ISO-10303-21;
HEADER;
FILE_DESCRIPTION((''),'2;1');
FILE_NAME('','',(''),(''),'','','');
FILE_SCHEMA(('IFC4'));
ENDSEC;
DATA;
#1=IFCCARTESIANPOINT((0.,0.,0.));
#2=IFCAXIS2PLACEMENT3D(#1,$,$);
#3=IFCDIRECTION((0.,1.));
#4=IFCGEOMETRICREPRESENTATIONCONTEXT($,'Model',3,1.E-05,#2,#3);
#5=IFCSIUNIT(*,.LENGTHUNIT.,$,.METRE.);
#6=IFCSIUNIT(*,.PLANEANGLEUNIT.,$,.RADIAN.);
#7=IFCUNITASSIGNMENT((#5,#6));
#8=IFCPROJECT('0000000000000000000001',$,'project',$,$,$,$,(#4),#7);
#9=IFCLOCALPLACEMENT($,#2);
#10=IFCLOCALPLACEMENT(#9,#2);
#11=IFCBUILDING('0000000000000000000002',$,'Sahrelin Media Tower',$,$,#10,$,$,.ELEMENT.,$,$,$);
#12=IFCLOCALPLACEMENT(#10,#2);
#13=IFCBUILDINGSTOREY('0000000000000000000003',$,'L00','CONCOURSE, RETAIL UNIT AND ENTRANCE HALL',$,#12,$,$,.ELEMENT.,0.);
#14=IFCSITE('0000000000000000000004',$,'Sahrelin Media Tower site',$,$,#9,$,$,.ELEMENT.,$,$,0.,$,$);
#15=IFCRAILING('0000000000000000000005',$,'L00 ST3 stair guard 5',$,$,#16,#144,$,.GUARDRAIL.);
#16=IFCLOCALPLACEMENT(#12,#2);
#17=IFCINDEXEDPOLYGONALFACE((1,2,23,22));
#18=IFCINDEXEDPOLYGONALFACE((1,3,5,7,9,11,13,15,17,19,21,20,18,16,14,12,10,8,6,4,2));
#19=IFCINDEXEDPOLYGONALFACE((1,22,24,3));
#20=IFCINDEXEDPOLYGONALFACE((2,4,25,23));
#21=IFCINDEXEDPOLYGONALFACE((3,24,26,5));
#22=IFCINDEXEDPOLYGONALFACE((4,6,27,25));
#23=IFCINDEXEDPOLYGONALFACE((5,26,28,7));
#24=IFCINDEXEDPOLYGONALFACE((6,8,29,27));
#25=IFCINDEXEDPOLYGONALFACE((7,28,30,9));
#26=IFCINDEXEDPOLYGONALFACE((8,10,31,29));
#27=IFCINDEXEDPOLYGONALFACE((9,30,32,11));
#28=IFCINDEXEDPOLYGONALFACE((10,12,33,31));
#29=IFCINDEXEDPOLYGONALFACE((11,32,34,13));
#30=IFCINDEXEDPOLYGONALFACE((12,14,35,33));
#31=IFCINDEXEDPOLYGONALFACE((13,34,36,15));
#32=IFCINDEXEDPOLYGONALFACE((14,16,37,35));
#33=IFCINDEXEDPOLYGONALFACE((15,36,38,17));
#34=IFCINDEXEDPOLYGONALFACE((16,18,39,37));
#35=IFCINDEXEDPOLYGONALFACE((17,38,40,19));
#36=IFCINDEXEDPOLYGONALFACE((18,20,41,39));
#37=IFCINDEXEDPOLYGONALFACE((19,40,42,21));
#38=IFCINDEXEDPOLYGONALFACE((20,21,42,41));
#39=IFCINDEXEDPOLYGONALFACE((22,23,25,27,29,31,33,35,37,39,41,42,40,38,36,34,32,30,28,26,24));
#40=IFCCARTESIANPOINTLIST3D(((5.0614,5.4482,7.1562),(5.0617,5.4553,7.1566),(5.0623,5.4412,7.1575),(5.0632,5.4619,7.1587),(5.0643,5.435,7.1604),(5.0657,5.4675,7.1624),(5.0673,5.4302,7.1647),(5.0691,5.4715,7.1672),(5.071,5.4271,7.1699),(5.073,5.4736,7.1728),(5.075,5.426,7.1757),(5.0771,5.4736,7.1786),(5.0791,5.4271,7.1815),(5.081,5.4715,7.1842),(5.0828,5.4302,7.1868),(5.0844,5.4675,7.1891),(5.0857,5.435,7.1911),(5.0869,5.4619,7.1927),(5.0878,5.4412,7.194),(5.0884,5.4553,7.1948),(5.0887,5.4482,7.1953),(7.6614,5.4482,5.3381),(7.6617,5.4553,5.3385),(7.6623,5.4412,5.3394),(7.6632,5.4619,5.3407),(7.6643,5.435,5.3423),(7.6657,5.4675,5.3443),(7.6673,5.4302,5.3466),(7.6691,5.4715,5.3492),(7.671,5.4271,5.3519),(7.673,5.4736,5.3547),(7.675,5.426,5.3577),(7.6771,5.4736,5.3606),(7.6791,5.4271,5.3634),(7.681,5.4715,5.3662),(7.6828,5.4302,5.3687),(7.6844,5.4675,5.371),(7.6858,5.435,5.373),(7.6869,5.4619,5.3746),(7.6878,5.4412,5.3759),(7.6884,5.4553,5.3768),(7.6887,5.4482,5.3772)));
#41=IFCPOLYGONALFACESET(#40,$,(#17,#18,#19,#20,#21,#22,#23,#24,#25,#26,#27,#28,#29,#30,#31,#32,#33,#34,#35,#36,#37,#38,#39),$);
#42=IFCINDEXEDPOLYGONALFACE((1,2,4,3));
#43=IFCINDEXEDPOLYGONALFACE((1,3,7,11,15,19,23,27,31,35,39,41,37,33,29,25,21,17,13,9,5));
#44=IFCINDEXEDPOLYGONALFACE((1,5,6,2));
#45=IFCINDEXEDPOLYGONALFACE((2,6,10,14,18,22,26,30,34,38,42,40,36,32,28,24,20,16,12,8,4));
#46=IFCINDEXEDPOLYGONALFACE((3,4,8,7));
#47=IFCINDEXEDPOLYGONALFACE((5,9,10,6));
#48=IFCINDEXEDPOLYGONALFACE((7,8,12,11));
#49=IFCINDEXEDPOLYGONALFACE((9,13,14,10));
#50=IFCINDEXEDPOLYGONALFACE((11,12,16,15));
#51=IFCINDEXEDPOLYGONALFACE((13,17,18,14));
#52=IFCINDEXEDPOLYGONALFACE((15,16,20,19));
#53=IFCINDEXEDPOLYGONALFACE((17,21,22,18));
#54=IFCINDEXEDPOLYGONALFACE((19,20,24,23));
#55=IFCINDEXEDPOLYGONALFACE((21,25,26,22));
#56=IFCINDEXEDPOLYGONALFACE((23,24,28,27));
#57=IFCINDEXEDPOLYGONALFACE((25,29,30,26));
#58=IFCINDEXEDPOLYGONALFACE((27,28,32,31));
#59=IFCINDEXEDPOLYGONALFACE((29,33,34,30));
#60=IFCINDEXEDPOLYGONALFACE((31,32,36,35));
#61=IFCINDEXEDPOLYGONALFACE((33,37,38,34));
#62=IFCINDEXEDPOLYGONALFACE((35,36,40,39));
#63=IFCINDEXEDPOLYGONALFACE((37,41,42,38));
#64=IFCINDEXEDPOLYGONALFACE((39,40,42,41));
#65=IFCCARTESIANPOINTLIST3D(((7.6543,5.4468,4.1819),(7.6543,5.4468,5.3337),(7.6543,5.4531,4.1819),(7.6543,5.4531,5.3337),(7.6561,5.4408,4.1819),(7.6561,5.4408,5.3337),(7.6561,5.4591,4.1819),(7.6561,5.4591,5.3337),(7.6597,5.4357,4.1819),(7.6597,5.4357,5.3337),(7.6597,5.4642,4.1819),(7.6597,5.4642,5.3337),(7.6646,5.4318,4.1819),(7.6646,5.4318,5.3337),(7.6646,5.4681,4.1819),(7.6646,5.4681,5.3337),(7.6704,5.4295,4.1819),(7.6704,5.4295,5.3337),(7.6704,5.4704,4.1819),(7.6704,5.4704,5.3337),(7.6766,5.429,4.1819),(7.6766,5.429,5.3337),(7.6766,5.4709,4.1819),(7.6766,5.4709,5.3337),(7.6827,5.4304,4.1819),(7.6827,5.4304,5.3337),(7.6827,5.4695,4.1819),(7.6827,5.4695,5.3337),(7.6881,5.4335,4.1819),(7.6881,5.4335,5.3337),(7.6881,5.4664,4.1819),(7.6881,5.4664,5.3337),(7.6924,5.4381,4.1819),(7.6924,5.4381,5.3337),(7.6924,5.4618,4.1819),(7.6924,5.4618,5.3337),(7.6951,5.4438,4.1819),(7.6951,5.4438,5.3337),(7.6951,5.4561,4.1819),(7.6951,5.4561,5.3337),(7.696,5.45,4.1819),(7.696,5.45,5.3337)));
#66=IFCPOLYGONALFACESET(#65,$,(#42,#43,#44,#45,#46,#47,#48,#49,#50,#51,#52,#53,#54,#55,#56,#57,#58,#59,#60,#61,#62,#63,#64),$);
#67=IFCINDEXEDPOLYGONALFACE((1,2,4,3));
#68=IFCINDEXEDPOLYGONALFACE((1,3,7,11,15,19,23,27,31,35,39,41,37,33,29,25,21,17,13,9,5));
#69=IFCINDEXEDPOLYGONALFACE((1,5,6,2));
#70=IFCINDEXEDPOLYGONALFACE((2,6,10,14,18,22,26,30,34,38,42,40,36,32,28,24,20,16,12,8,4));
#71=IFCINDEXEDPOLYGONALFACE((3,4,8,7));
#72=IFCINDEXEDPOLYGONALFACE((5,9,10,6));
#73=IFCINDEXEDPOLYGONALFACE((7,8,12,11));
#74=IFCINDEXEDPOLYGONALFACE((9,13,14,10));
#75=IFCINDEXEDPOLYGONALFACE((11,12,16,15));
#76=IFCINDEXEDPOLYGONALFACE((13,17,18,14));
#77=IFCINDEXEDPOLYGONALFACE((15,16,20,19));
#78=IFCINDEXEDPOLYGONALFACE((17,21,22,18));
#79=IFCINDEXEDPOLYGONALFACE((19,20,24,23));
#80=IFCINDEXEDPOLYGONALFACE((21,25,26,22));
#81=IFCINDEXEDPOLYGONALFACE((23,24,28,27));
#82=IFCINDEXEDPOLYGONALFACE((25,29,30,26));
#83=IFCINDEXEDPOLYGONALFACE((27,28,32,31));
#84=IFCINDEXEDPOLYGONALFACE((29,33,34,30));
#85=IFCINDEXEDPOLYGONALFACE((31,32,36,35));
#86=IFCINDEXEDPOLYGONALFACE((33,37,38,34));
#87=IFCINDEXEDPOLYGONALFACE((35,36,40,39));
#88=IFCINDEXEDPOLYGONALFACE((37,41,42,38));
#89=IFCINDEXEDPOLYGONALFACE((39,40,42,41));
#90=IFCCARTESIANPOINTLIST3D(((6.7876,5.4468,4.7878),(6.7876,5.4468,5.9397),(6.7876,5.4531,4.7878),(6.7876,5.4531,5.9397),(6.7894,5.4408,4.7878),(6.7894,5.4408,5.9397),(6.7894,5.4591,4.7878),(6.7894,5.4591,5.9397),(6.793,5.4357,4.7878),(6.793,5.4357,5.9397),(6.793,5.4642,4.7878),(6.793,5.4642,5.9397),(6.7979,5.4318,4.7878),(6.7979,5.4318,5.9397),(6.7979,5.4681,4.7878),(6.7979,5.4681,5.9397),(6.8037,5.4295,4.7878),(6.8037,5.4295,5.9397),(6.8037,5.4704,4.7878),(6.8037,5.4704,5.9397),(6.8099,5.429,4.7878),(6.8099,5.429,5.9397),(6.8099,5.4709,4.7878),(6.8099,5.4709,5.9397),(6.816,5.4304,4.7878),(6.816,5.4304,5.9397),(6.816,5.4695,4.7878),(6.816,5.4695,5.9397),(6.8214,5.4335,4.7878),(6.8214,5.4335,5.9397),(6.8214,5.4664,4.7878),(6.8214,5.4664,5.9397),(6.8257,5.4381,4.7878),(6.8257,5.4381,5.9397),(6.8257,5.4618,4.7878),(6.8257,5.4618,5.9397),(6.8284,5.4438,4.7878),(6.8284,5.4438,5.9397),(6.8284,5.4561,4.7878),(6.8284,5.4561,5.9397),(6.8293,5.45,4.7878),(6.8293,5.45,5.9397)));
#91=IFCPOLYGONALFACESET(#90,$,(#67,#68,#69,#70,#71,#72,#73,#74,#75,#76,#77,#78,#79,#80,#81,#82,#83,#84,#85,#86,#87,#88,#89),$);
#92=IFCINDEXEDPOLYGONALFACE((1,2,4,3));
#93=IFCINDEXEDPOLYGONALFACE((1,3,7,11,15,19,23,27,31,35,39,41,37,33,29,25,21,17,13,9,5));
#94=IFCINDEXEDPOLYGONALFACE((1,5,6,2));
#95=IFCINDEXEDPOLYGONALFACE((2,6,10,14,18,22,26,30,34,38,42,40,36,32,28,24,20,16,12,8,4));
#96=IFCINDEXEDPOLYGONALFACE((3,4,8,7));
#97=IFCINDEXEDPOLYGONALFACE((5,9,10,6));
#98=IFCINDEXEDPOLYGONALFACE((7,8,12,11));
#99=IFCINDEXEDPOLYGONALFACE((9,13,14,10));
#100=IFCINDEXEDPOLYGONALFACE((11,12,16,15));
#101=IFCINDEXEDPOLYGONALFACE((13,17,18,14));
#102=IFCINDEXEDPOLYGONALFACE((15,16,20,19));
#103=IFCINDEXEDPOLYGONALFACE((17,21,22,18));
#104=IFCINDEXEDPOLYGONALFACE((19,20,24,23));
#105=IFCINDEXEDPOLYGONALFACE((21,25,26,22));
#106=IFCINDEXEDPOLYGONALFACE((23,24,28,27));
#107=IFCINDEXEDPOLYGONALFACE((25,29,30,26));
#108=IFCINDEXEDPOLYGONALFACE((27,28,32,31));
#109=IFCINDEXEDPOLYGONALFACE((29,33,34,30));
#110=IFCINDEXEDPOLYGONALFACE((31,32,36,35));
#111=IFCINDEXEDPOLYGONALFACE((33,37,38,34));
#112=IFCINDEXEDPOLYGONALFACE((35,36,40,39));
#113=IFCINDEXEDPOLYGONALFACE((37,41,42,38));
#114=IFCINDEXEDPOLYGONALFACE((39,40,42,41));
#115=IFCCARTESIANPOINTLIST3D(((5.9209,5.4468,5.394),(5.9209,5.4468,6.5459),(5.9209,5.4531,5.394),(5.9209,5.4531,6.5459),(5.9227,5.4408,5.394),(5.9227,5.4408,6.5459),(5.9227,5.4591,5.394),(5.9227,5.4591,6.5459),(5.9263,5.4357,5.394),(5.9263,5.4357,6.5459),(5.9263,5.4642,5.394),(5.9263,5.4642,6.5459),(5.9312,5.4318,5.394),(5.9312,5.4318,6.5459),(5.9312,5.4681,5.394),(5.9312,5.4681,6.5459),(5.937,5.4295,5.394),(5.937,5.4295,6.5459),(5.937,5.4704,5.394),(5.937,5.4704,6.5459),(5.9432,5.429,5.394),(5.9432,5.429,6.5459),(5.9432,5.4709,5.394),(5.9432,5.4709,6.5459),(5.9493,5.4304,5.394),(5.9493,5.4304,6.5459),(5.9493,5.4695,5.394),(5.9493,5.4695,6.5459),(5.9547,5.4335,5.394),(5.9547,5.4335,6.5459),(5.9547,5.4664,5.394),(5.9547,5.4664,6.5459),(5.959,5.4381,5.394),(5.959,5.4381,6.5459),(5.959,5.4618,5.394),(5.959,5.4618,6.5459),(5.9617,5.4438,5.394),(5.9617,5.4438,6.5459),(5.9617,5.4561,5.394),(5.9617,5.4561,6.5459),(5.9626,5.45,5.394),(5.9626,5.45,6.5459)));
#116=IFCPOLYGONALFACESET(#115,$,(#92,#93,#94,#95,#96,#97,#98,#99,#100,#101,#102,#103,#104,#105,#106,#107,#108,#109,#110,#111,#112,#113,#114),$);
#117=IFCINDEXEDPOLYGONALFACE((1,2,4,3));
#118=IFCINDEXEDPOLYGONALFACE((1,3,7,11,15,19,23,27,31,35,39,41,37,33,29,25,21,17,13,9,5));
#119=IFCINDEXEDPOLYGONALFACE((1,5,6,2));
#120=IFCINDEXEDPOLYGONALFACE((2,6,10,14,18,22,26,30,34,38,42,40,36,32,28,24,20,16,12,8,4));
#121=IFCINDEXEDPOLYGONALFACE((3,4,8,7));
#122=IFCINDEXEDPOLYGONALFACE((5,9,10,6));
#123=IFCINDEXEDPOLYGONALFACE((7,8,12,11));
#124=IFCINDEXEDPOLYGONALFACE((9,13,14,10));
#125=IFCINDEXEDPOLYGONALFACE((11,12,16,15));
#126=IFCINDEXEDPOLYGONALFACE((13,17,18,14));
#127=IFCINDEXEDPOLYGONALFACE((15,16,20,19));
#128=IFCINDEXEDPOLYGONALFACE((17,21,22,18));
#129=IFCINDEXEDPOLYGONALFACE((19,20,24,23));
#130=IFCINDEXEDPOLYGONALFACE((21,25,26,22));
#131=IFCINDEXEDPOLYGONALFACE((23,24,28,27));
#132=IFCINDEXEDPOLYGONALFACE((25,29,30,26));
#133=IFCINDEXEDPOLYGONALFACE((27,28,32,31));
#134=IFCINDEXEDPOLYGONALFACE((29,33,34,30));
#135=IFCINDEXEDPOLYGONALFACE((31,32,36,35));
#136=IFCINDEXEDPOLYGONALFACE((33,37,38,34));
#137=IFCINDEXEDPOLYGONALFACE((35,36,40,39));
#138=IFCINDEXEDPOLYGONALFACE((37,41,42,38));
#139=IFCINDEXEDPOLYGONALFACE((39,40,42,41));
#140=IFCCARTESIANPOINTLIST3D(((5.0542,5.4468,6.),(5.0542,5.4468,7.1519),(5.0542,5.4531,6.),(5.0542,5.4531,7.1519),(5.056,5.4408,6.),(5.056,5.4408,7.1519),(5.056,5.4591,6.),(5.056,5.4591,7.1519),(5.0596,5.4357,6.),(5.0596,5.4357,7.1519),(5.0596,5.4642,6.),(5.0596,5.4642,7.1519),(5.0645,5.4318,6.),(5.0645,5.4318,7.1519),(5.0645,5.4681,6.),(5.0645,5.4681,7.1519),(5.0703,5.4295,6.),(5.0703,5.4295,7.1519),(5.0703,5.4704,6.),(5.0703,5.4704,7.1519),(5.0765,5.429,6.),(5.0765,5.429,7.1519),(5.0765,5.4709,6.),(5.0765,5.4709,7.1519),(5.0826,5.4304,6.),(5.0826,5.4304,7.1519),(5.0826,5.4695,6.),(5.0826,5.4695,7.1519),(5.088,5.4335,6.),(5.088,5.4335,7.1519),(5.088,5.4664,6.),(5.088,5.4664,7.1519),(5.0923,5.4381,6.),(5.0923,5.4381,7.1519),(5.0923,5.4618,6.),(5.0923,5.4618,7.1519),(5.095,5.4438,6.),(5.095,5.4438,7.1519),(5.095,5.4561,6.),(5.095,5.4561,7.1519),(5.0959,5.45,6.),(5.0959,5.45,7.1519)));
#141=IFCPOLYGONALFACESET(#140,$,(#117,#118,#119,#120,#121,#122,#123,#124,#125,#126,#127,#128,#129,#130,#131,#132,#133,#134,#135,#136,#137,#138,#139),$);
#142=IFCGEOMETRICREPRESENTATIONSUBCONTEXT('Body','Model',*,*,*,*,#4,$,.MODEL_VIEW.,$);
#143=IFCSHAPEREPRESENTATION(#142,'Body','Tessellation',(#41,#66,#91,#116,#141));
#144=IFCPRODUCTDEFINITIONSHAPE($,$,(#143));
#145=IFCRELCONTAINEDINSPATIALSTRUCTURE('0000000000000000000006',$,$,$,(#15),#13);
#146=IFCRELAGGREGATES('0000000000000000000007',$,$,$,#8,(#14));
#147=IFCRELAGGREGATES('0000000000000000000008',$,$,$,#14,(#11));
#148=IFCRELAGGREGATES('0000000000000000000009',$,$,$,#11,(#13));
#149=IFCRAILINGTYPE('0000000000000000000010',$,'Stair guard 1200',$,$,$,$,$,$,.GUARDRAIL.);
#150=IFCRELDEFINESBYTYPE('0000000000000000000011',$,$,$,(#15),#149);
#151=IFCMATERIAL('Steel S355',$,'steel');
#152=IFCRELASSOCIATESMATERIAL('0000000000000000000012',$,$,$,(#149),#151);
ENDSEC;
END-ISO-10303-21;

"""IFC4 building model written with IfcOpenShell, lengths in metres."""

from ifc_helpers import new_model, si_unit, direction, frame, origin, origin_2d, place, context, subcontext, project, spatial, circle, extrude, material, type_object, element, save


model = new_model("IFC4")

# Units and contexts
model_context = context("Model", 3, precision=1e-05, world=origin(), true_north=direction((0.0, 1.0)))
body_context = subcontext(model_context, "Body", "Model", "MODEL_VIEW")
ifc_project = project(units=[si_unit("LENGTHUNIT", "METRE"), si_unit("PLANEANGLEUNIT", "RADIAN")], contexts=[model_context])

# Site, building, storey
site_placement = place(None, origin())
site = spatial("IfcSite", under=ifc_project, at=site_placement, Name="Sahrelin Media Tower site", CompositionType="ELEMENT", RefElevation=0.0)
building_placement = place(site_placement, origin())
building = spatial("IfcBuilding", under=site, at=building_placement, Name="Sahrelin Media Tower", CompositionType="ELEMENT")
storey_placement = place(building_placement, origin())
storey = spatial("IfcBuildingStorey", under=building, at=storey_placement, Name="L00", Description="CONCOURSE, RETAIL UNIT AND ENTRANCE HALL", CompositionType="ELEMENT", Elevation=0.0)

# Shared definitions
ifc_material_1 = material(Name="Steel S355", Category="steel")

# Railing
railing_type_1 = type_object("IfcRailingType", Name="Stair guard 1200", PredefinedType="GUARDRAIL", material=ifc_material_1)
railing_1_placement = place(storey_placement, frame((7.675, 5.45, 4.1819)))
element("IfcRailing", 1, at=railing_1_placement, inside=storey, type_object=railing_type_1, Name="L00 ST3 stair guard 5", PredefinedType="GUARDRAIL", context=body_context, shape_type="SweptSolid", body=[
    extrude(circle(Radius=0.0239, at=origin_2d()), frame((0.0, 0.0, 1.1758), z_axis=(-0.819521, 0.0, 0.573049), x_axis=(0.0, -1.0, 0.0)), (0.0, 0.0, 1.0), 3.1726),
    extrude(circle(Radius=0.021, at=origin_2d()), origin(), (0.0, 0.0, 1.0), 1.1519),
    extrude(circle(Radius=0.021, at=origin_2d()), frame((-0.8667, 0.0, 0.606)), (0.0, 0.0, 1.0), 1.1519),
    extrude(circle(Radius=0.021, at=origin_2d()), frame((-1.7334, 0.0, 1.2122)), (0.0, 0.0, 1.0), 1.1519),
    extrude(circle(Radius=0.021, at=origin_2d()), frame((-2.6001, 0.0, 1.8181)), (0.0, 0.0, 1.0), 1.1519),
])

save(model, "model.ifc")
